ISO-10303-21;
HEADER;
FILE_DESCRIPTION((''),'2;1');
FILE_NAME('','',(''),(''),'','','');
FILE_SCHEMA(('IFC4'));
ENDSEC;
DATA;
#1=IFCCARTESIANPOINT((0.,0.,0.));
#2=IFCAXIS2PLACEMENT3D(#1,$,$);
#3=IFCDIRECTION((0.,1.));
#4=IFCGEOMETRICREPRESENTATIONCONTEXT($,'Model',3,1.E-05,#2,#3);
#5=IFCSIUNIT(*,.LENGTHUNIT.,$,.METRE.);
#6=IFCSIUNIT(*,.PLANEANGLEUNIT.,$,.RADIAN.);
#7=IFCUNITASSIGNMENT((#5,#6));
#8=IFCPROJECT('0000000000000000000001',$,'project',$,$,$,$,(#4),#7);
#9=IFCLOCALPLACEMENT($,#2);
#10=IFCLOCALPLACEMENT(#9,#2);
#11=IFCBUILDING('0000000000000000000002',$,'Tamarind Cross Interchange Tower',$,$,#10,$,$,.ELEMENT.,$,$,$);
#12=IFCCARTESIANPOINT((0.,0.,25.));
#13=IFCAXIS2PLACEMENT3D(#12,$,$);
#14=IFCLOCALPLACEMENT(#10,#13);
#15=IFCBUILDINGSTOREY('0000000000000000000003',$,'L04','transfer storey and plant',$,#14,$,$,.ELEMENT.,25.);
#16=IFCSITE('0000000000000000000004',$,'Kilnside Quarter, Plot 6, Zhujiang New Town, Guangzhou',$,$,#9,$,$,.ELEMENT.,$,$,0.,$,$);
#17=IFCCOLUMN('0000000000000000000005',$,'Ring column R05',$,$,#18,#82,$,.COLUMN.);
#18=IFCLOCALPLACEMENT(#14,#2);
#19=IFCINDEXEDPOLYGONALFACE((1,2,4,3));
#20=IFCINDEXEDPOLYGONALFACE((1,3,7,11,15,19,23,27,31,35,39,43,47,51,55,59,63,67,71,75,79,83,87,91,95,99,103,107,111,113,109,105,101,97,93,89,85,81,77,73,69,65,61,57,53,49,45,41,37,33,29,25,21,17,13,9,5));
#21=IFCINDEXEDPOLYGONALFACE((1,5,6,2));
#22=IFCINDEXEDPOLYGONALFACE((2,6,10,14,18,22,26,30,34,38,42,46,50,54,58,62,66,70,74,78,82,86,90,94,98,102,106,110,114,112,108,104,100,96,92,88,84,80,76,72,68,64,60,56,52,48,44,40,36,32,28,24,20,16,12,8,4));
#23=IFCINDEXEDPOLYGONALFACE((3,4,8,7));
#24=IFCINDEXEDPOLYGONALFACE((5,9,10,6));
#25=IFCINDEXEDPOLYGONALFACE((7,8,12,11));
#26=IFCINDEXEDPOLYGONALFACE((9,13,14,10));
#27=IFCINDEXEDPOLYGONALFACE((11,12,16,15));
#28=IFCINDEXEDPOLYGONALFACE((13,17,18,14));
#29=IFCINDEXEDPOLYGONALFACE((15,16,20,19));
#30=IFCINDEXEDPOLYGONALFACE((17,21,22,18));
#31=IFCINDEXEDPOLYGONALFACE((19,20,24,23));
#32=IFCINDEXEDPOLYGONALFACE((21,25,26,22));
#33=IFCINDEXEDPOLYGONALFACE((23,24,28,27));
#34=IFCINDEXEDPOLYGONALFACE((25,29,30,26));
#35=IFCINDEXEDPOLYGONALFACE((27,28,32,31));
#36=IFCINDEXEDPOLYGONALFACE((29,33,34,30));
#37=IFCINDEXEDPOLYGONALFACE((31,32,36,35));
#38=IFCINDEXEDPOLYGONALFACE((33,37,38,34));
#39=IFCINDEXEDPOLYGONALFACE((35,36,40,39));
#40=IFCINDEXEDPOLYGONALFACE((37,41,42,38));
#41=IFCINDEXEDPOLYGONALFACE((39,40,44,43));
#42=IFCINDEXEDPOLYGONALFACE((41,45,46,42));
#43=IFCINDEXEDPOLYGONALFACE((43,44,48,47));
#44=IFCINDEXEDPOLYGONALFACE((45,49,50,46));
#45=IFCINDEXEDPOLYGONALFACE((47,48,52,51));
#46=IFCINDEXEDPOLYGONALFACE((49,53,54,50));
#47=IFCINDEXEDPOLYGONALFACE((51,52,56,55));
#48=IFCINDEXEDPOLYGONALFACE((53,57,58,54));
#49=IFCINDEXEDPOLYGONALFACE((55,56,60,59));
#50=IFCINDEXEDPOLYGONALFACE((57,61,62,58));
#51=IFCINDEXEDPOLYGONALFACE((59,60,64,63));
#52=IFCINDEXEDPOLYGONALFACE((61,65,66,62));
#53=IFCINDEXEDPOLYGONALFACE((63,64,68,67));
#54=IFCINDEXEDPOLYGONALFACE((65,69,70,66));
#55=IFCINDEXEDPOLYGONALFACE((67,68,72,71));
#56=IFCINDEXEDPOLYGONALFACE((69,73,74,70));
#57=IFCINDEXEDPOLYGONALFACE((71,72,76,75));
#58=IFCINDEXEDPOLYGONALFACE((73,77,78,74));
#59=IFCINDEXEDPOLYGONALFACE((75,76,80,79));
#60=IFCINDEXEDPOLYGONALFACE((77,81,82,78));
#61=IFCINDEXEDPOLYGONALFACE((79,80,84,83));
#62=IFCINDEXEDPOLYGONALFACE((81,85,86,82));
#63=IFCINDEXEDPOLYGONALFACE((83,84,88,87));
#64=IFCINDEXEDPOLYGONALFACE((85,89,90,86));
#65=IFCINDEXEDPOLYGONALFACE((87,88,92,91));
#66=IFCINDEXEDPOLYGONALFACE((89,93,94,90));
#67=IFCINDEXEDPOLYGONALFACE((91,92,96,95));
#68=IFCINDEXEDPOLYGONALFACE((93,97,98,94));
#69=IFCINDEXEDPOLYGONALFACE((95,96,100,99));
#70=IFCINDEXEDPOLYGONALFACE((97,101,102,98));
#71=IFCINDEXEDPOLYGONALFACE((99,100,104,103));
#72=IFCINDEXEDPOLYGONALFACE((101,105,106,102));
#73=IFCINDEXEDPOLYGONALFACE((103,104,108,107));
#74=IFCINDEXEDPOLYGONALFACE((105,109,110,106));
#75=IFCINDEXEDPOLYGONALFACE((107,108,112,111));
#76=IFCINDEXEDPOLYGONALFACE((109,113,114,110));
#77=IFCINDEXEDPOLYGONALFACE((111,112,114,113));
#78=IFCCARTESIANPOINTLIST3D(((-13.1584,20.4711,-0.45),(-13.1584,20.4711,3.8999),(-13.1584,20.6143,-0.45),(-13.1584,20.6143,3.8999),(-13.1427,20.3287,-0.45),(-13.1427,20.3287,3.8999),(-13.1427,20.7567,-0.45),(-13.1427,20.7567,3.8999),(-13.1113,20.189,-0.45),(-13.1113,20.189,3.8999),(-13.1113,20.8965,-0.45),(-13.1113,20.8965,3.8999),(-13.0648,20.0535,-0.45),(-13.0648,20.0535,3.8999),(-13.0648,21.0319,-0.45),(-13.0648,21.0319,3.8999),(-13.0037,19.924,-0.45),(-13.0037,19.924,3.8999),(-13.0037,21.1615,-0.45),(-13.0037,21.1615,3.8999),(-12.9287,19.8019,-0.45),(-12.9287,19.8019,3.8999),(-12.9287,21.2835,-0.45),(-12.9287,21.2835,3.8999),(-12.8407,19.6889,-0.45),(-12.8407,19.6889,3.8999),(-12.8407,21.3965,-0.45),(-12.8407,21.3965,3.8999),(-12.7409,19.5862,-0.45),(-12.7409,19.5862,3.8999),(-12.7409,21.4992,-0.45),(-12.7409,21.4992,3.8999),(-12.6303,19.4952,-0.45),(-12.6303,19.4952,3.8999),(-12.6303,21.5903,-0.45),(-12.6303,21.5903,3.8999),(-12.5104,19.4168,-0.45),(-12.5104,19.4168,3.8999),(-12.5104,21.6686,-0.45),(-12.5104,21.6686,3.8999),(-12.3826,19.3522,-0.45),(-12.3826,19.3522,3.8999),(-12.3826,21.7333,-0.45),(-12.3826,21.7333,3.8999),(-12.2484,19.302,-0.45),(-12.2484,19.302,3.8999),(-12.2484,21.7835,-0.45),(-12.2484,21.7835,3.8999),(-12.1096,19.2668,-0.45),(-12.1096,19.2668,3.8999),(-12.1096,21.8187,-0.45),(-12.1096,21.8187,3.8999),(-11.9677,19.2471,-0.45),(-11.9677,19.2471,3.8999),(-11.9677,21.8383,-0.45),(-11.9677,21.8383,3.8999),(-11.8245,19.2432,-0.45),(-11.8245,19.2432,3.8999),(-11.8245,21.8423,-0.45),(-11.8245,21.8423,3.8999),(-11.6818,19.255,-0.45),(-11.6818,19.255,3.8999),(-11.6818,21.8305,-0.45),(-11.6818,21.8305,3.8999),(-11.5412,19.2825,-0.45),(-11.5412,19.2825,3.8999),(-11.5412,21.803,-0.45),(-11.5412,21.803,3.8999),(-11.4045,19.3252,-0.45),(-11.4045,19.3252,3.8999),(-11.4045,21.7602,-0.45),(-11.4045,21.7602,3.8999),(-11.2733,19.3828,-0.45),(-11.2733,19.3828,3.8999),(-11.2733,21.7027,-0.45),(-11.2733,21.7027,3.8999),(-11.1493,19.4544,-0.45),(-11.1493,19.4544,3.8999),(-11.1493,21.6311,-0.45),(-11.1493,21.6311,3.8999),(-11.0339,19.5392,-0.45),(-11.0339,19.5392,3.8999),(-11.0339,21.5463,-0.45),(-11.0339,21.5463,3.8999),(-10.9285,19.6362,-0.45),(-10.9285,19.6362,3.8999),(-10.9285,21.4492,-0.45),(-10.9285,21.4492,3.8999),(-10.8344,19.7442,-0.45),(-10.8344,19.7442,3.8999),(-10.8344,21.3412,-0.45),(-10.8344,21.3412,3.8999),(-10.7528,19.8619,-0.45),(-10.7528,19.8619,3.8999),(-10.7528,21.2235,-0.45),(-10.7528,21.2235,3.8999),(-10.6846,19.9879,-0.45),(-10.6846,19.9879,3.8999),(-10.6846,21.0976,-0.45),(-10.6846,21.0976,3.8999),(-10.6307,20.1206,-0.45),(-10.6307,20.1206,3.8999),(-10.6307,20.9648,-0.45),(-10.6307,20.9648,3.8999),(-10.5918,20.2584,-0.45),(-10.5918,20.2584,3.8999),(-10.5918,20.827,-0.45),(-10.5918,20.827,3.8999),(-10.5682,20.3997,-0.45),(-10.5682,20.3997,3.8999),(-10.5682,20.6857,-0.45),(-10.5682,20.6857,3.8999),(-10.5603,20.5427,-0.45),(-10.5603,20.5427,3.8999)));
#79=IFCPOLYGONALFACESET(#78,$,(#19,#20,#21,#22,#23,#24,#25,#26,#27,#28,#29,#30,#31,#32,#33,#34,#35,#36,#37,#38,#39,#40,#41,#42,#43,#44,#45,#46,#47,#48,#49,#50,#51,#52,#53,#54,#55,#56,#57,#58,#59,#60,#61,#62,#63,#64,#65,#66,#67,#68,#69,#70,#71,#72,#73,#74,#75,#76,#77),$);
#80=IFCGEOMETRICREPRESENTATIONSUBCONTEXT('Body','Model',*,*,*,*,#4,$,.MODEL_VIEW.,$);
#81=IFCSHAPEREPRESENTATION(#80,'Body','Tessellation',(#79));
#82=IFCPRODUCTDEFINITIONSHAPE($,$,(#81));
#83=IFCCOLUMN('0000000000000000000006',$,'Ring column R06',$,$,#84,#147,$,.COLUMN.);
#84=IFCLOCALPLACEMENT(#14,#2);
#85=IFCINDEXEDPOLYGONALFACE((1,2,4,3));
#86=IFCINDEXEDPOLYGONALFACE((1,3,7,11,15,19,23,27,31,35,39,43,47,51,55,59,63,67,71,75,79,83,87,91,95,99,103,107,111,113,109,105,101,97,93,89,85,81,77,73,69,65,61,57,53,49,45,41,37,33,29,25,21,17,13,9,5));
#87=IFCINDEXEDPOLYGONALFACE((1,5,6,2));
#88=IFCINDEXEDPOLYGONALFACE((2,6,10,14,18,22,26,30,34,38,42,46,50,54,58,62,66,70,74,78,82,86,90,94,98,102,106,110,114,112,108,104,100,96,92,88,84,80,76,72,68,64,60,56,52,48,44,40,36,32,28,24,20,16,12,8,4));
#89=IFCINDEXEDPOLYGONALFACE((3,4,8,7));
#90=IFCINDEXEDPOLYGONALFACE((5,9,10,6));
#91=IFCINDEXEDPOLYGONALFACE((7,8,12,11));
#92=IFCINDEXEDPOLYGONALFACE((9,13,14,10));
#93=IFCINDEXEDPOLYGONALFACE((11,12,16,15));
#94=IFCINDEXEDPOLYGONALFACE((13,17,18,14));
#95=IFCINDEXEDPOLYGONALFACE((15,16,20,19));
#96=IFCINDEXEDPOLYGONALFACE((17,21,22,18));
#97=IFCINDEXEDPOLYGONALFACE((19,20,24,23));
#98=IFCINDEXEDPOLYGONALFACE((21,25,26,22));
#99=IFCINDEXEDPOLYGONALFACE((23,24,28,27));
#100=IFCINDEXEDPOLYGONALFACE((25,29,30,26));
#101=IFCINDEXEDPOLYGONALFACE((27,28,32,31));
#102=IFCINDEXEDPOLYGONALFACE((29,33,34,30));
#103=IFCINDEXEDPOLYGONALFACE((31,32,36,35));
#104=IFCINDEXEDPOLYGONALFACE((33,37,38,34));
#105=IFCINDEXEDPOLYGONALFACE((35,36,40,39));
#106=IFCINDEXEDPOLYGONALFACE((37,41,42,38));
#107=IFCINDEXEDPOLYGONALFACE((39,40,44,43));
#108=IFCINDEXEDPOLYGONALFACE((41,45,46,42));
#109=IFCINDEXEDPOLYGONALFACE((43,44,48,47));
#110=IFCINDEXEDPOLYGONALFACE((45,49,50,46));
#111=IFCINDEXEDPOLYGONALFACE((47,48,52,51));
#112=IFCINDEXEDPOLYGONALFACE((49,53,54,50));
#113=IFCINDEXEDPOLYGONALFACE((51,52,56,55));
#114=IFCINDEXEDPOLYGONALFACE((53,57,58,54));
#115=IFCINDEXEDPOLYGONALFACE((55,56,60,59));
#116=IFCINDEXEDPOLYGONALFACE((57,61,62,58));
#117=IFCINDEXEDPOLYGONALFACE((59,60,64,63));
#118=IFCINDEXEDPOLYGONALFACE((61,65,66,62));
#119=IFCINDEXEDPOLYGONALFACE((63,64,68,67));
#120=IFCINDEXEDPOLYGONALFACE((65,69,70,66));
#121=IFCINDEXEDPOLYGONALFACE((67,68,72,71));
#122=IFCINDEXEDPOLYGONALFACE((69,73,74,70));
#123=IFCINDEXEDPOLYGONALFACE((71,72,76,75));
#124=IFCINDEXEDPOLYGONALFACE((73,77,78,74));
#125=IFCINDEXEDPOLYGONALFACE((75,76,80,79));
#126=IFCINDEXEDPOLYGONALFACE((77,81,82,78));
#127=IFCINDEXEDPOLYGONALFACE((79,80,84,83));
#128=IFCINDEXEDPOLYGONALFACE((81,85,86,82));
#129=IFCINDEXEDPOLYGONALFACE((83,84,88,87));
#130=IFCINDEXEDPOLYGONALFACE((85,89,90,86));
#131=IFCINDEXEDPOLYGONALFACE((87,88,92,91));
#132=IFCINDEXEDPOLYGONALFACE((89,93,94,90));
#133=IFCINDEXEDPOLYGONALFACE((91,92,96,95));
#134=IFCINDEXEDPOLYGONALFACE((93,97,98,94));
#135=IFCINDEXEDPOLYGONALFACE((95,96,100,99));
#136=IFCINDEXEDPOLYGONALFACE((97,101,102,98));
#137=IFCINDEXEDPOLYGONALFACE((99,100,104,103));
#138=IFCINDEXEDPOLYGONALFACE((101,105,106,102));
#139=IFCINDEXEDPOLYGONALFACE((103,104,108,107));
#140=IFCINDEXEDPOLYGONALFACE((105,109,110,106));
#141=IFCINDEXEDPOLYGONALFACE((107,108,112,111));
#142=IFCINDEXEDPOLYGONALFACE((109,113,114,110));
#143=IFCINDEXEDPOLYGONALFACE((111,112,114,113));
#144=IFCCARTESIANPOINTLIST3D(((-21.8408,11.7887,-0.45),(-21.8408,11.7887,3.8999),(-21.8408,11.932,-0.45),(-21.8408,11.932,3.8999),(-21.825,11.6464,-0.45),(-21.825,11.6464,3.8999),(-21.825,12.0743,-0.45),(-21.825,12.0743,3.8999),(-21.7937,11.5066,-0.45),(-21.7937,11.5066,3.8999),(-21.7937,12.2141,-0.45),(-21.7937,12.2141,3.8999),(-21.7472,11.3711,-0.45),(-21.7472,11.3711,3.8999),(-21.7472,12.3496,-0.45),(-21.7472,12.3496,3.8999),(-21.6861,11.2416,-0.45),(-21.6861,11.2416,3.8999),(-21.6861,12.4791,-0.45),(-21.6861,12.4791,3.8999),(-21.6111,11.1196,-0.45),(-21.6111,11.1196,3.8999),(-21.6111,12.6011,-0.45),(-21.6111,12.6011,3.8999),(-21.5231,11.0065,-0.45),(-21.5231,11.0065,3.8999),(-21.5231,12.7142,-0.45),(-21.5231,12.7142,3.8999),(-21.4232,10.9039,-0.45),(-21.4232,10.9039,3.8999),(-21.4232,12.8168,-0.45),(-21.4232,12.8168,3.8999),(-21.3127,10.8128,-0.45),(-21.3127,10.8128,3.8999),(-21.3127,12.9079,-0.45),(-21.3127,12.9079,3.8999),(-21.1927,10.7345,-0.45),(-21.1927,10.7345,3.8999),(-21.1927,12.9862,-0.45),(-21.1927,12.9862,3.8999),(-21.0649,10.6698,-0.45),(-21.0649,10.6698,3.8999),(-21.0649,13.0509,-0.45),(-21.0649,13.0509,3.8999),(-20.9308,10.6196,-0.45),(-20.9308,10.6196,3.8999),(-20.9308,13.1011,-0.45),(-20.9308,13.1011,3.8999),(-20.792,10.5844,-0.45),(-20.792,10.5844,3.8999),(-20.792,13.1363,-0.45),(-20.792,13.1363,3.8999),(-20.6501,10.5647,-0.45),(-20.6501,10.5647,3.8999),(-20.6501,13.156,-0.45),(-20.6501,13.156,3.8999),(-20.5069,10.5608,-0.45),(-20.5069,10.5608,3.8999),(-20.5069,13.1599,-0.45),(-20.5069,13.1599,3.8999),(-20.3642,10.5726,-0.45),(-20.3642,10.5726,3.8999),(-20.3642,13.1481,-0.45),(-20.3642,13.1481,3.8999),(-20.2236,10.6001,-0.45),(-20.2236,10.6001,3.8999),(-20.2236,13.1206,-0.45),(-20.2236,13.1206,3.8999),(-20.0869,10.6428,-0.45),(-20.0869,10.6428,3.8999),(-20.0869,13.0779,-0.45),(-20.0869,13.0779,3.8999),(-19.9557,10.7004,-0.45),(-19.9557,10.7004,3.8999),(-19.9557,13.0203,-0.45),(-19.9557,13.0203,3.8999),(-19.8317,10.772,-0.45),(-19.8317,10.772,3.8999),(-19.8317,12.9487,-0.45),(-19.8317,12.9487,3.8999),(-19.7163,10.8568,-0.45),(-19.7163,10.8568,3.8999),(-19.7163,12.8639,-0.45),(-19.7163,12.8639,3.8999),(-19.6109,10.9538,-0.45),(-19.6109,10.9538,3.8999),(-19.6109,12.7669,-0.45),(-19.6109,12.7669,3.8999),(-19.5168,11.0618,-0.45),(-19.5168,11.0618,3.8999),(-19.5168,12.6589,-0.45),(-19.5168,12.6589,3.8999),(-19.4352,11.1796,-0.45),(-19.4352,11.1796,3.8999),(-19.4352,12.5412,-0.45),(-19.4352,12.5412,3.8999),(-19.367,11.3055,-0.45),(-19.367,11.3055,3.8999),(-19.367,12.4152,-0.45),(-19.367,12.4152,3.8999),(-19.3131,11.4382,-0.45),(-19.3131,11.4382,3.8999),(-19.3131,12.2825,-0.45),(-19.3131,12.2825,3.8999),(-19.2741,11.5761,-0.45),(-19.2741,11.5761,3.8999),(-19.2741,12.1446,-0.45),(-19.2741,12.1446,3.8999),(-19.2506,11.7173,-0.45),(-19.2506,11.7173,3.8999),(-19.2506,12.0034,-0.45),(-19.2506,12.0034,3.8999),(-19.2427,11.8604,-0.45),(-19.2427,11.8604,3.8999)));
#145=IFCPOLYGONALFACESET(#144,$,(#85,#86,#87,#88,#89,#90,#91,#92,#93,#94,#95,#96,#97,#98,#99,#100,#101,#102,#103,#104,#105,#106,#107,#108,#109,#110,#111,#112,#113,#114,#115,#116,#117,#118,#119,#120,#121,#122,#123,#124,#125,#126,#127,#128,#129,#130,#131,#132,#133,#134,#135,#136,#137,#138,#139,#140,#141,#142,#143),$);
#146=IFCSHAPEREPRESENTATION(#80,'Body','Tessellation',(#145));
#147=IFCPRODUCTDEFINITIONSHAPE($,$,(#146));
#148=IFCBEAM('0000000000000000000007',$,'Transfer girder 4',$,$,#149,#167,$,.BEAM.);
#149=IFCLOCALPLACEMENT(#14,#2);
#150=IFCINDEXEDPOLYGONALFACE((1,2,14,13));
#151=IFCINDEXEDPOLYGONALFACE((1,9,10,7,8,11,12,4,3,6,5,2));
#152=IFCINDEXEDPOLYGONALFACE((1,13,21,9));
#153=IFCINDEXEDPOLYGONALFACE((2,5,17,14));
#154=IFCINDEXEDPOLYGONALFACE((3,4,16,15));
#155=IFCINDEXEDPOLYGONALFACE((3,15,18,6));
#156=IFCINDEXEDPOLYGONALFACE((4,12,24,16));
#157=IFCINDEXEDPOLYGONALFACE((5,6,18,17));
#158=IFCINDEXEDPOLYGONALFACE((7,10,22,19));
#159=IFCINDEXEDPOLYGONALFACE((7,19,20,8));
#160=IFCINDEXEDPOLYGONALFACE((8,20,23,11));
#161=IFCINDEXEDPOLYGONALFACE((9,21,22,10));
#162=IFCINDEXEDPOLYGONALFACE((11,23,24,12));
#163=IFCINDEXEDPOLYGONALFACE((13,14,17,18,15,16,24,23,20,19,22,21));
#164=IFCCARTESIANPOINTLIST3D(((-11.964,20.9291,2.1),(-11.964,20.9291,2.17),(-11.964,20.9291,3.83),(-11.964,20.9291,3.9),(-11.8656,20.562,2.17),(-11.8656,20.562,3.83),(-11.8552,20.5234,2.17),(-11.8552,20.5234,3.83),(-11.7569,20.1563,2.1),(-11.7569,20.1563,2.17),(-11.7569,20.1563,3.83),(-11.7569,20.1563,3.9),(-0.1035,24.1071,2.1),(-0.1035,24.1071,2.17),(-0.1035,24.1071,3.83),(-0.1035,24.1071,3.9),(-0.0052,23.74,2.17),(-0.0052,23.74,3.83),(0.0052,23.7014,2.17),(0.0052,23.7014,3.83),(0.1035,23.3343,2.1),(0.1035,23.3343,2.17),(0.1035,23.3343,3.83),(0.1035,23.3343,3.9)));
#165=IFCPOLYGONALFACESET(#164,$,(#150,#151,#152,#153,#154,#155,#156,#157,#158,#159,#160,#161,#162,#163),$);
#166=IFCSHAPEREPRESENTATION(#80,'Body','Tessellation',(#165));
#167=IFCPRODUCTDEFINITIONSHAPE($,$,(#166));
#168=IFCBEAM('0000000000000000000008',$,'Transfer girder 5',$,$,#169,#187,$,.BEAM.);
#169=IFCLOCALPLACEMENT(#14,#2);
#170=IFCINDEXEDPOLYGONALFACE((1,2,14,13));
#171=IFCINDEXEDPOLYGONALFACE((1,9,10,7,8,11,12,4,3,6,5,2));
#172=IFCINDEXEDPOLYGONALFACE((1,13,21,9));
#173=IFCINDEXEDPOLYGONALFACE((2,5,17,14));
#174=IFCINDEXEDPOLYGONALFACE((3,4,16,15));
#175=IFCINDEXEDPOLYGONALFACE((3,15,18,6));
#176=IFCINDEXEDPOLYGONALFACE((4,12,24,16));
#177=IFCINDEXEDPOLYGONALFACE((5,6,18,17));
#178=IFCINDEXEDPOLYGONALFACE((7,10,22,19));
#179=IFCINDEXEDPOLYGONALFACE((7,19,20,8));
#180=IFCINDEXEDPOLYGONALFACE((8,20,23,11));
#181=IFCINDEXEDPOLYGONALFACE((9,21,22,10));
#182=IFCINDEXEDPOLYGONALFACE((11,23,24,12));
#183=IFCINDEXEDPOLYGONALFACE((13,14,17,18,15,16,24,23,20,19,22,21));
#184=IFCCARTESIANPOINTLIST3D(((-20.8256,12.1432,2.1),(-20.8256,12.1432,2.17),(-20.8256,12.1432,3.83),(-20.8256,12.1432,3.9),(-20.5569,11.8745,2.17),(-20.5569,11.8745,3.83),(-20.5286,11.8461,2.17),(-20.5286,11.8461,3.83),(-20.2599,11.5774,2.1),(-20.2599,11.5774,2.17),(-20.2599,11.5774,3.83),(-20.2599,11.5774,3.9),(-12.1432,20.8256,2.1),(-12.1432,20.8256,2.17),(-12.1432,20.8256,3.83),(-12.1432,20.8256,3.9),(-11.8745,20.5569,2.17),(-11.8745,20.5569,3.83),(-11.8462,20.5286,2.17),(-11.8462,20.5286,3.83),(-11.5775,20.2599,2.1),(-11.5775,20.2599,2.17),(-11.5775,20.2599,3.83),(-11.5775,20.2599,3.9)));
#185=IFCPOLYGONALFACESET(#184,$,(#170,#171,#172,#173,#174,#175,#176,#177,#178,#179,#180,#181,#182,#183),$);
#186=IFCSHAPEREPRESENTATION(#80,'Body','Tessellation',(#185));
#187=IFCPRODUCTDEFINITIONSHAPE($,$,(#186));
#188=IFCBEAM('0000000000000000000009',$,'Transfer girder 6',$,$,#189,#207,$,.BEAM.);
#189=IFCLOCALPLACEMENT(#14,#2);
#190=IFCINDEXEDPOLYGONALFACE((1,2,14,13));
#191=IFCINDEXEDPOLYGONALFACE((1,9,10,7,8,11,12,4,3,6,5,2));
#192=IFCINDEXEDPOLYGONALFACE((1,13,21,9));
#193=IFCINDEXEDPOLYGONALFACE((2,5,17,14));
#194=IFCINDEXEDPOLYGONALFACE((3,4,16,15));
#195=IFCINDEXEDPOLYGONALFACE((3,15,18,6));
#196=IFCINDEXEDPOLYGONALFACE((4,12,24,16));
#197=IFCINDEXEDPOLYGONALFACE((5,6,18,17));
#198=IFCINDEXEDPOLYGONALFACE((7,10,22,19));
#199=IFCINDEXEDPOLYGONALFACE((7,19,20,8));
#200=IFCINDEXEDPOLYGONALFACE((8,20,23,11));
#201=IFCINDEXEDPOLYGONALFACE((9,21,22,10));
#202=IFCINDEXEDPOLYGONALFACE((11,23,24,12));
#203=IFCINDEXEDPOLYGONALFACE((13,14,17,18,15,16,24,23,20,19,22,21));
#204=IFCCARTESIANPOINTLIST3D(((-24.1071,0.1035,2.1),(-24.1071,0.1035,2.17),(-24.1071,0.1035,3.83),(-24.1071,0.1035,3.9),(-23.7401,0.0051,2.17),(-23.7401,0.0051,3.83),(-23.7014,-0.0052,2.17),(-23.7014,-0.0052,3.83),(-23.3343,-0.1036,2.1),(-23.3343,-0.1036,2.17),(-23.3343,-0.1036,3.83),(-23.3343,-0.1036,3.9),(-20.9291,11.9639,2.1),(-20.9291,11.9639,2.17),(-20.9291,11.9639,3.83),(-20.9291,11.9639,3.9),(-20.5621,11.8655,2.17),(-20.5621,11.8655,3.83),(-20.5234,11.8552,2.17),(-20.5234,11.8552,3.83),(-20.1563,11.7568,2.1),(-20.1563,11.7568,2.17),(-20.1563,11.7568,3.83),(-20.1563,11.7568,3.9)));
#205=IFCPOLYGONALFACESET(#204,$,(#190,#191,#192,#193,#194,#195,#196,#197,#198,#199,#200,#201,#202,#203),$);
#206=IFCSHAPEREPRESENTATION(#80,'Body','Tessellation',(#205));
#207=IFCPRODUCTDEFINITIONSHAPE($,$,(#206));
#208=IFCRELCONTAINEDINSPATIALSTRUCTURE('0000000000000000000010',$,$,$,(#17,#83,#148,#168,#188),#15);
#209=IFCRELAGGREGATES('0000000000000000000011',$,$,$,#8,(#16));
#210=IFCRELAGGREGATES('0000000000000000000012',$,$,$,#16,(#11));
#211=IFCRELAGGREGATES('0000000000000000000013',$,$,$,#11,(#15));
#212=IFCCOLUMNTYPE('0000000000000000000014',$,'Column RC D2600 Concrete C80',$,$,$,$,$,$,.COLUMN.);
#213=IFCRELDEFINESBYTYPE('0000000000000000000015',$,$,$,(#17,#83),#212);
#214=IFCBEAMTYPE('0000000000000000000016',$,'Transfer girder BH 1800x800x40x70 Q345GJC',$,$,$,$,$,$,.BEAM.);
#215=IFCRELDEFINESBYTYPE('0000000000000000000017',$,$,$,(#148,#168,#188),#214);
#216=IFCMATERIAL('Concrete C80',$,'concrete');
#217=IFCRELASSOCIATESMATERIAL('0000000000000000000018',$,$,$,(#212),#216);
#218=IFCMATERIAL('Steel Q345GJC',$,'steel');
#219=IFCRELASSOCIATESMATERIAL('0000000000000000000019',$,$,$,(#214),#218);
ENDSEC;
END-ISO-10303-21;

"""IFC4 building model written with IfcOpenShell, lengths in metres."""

from ifc_helpers import new_model, si_unit, direction, frame, origin, origin_2d, place, context, subcontext, project, spatial, circle, i_section, extrude, material, material_profile, profile_set, type_object, element, save


model = new_model("IFC4")

# Units and contexts
model_context = context("Model", 3, precision=1e-05, world=origin(), true_north=direction((0.0, 1.0)))
body_context = subcontext(model_context, "Body", "Model", "MODEL_VIEW")
ifc_project = project(units=[si_unit("LENGTHUNIT", "METRE"), si_unit("PLANEANGLEUNIT", "RADIAN")], contexts=[model_context])

# Site, building, storey
site_placement = place(None, origin())
site = spatial("IfcSite", under=ifc_project, at=site_placement, Name="Kilnside Quarter, Plot 6, Zhujiang New Town, Guangzhou", CompositionType="ELEMENT", RefElevation=0.0)
building_placement = place(site_placement, origin())
building = spatial("IfcBuilding", under=site, at=building_placement, Name="Tamarind Cross Interchange Tower", CompositionType="ELEMENT")
storey_placement = place(building_placement, frame((0.0, 0.0, 25.0)))
storey = spatial("IfcBuildingStorey", under=building, at=storey_placement, Name="L04", Description="transfer storey and plant", CompositionType="ELEMENT", Elevation=25.0)

# Columns
ifc_material_1 = material(Name="Concrete C80", Category="concrete")
ifc_material_profile_1 = material_profile(ifc_material_1, circle(Radius=1.3, at=origin_2d()), Name="RC D2600")
ifc_profile_set_1 = profile_set([ifc_material_profile_1], Name="Concrete C80")
column_type_1 = type_object("IfcColumnType", Name="Column RC D2600 Concrete C80", PredefinedType="COLUMN", material=ifc_profile_set_1)
for number, where, z_axis, x_axis, name in (
    (1, (-11.8604, 20.5427, -0.45), (0.0, 0.0, 1.0), (1.0, 0.0, 0.0), "Ring column R05"),
    (2, (-20.5427, 11.8604, -0.45), (0.0, 0.0, 1.0), (1.0, 0.0, 0.0), "Ring column R06"),
):
    element("IfcColumn", number, at=place(storey_placement, frame(where, z_axis=z_axis, x_axis=x_axis)), inside=storey, type_object=column_type_1, Name=name, PredefinedType="COLUMN", context=body_context, shape_type="SweptSolid", body=[
        extrude(circle(Radius=1.3, at=origin_2d()), origin(), (0.0, 0.0, 1.0), 4.3499),
    ])

# Beams
ifc_material_2 = material(Name="Steel Q345GJC", Category="steel")
ifc_material_profile_2 = material_profile(ifc_material_2, i_section(OverallWidth=0.8, OverallDepth=1.8, WebThickness=0.04, FlangeThickness=0.0701, at=origin_2d()), Name="BH 1800x800x40x70")
ifc_profile_set_2 = profile_set([ifc_material_profile_2], Name="Steel Q345GJC")
beam_type = type_object("IfcBeamType", Name="Transfer girder BH 1800x800x40x70 Q345GJC", PredefinedType="BEAM", material=ifc_profile_set_2)
for number, where, z_axis, x_axis, name in (
    (3, (0.0, 23.7207, 3.0), (-0.965926, -0.25882, 0.0), (0.25882, -0.965926, 0.0), "Transfer girder 4"),
    (4, (-11.8604, 20.5427, 3.0), (-0.707107, -0.707107, 0.0), (0.707107, -0.707107, 0.0), "Transfer girder 5"),
    (5, (-20.5427, 11.8604, 3.0), (-0.25882, -0.965926, 0.0), (0.965926, -0.25882, 0.0), "Transfer girder 6"),
):
    element("IfcBeam", number, at=place(storey_placement, frame(where, z_axis=z_axis, x_axis=x_axis)), inside=storey, type_object=beam_type, Name=name, PredefinedType="BEAM", context=body_context, shape_type="SweptSolid", body=[
        extrude(i_section(OverallWidth=0.8, OverallDepth=1.8, WebThickness=0.04, FlangeThickness=0.0701, at=origin_2d()), origin(), (0.0, 0.0, 1.0), 12.2788),
    ])

save(model, "model.ifc")
